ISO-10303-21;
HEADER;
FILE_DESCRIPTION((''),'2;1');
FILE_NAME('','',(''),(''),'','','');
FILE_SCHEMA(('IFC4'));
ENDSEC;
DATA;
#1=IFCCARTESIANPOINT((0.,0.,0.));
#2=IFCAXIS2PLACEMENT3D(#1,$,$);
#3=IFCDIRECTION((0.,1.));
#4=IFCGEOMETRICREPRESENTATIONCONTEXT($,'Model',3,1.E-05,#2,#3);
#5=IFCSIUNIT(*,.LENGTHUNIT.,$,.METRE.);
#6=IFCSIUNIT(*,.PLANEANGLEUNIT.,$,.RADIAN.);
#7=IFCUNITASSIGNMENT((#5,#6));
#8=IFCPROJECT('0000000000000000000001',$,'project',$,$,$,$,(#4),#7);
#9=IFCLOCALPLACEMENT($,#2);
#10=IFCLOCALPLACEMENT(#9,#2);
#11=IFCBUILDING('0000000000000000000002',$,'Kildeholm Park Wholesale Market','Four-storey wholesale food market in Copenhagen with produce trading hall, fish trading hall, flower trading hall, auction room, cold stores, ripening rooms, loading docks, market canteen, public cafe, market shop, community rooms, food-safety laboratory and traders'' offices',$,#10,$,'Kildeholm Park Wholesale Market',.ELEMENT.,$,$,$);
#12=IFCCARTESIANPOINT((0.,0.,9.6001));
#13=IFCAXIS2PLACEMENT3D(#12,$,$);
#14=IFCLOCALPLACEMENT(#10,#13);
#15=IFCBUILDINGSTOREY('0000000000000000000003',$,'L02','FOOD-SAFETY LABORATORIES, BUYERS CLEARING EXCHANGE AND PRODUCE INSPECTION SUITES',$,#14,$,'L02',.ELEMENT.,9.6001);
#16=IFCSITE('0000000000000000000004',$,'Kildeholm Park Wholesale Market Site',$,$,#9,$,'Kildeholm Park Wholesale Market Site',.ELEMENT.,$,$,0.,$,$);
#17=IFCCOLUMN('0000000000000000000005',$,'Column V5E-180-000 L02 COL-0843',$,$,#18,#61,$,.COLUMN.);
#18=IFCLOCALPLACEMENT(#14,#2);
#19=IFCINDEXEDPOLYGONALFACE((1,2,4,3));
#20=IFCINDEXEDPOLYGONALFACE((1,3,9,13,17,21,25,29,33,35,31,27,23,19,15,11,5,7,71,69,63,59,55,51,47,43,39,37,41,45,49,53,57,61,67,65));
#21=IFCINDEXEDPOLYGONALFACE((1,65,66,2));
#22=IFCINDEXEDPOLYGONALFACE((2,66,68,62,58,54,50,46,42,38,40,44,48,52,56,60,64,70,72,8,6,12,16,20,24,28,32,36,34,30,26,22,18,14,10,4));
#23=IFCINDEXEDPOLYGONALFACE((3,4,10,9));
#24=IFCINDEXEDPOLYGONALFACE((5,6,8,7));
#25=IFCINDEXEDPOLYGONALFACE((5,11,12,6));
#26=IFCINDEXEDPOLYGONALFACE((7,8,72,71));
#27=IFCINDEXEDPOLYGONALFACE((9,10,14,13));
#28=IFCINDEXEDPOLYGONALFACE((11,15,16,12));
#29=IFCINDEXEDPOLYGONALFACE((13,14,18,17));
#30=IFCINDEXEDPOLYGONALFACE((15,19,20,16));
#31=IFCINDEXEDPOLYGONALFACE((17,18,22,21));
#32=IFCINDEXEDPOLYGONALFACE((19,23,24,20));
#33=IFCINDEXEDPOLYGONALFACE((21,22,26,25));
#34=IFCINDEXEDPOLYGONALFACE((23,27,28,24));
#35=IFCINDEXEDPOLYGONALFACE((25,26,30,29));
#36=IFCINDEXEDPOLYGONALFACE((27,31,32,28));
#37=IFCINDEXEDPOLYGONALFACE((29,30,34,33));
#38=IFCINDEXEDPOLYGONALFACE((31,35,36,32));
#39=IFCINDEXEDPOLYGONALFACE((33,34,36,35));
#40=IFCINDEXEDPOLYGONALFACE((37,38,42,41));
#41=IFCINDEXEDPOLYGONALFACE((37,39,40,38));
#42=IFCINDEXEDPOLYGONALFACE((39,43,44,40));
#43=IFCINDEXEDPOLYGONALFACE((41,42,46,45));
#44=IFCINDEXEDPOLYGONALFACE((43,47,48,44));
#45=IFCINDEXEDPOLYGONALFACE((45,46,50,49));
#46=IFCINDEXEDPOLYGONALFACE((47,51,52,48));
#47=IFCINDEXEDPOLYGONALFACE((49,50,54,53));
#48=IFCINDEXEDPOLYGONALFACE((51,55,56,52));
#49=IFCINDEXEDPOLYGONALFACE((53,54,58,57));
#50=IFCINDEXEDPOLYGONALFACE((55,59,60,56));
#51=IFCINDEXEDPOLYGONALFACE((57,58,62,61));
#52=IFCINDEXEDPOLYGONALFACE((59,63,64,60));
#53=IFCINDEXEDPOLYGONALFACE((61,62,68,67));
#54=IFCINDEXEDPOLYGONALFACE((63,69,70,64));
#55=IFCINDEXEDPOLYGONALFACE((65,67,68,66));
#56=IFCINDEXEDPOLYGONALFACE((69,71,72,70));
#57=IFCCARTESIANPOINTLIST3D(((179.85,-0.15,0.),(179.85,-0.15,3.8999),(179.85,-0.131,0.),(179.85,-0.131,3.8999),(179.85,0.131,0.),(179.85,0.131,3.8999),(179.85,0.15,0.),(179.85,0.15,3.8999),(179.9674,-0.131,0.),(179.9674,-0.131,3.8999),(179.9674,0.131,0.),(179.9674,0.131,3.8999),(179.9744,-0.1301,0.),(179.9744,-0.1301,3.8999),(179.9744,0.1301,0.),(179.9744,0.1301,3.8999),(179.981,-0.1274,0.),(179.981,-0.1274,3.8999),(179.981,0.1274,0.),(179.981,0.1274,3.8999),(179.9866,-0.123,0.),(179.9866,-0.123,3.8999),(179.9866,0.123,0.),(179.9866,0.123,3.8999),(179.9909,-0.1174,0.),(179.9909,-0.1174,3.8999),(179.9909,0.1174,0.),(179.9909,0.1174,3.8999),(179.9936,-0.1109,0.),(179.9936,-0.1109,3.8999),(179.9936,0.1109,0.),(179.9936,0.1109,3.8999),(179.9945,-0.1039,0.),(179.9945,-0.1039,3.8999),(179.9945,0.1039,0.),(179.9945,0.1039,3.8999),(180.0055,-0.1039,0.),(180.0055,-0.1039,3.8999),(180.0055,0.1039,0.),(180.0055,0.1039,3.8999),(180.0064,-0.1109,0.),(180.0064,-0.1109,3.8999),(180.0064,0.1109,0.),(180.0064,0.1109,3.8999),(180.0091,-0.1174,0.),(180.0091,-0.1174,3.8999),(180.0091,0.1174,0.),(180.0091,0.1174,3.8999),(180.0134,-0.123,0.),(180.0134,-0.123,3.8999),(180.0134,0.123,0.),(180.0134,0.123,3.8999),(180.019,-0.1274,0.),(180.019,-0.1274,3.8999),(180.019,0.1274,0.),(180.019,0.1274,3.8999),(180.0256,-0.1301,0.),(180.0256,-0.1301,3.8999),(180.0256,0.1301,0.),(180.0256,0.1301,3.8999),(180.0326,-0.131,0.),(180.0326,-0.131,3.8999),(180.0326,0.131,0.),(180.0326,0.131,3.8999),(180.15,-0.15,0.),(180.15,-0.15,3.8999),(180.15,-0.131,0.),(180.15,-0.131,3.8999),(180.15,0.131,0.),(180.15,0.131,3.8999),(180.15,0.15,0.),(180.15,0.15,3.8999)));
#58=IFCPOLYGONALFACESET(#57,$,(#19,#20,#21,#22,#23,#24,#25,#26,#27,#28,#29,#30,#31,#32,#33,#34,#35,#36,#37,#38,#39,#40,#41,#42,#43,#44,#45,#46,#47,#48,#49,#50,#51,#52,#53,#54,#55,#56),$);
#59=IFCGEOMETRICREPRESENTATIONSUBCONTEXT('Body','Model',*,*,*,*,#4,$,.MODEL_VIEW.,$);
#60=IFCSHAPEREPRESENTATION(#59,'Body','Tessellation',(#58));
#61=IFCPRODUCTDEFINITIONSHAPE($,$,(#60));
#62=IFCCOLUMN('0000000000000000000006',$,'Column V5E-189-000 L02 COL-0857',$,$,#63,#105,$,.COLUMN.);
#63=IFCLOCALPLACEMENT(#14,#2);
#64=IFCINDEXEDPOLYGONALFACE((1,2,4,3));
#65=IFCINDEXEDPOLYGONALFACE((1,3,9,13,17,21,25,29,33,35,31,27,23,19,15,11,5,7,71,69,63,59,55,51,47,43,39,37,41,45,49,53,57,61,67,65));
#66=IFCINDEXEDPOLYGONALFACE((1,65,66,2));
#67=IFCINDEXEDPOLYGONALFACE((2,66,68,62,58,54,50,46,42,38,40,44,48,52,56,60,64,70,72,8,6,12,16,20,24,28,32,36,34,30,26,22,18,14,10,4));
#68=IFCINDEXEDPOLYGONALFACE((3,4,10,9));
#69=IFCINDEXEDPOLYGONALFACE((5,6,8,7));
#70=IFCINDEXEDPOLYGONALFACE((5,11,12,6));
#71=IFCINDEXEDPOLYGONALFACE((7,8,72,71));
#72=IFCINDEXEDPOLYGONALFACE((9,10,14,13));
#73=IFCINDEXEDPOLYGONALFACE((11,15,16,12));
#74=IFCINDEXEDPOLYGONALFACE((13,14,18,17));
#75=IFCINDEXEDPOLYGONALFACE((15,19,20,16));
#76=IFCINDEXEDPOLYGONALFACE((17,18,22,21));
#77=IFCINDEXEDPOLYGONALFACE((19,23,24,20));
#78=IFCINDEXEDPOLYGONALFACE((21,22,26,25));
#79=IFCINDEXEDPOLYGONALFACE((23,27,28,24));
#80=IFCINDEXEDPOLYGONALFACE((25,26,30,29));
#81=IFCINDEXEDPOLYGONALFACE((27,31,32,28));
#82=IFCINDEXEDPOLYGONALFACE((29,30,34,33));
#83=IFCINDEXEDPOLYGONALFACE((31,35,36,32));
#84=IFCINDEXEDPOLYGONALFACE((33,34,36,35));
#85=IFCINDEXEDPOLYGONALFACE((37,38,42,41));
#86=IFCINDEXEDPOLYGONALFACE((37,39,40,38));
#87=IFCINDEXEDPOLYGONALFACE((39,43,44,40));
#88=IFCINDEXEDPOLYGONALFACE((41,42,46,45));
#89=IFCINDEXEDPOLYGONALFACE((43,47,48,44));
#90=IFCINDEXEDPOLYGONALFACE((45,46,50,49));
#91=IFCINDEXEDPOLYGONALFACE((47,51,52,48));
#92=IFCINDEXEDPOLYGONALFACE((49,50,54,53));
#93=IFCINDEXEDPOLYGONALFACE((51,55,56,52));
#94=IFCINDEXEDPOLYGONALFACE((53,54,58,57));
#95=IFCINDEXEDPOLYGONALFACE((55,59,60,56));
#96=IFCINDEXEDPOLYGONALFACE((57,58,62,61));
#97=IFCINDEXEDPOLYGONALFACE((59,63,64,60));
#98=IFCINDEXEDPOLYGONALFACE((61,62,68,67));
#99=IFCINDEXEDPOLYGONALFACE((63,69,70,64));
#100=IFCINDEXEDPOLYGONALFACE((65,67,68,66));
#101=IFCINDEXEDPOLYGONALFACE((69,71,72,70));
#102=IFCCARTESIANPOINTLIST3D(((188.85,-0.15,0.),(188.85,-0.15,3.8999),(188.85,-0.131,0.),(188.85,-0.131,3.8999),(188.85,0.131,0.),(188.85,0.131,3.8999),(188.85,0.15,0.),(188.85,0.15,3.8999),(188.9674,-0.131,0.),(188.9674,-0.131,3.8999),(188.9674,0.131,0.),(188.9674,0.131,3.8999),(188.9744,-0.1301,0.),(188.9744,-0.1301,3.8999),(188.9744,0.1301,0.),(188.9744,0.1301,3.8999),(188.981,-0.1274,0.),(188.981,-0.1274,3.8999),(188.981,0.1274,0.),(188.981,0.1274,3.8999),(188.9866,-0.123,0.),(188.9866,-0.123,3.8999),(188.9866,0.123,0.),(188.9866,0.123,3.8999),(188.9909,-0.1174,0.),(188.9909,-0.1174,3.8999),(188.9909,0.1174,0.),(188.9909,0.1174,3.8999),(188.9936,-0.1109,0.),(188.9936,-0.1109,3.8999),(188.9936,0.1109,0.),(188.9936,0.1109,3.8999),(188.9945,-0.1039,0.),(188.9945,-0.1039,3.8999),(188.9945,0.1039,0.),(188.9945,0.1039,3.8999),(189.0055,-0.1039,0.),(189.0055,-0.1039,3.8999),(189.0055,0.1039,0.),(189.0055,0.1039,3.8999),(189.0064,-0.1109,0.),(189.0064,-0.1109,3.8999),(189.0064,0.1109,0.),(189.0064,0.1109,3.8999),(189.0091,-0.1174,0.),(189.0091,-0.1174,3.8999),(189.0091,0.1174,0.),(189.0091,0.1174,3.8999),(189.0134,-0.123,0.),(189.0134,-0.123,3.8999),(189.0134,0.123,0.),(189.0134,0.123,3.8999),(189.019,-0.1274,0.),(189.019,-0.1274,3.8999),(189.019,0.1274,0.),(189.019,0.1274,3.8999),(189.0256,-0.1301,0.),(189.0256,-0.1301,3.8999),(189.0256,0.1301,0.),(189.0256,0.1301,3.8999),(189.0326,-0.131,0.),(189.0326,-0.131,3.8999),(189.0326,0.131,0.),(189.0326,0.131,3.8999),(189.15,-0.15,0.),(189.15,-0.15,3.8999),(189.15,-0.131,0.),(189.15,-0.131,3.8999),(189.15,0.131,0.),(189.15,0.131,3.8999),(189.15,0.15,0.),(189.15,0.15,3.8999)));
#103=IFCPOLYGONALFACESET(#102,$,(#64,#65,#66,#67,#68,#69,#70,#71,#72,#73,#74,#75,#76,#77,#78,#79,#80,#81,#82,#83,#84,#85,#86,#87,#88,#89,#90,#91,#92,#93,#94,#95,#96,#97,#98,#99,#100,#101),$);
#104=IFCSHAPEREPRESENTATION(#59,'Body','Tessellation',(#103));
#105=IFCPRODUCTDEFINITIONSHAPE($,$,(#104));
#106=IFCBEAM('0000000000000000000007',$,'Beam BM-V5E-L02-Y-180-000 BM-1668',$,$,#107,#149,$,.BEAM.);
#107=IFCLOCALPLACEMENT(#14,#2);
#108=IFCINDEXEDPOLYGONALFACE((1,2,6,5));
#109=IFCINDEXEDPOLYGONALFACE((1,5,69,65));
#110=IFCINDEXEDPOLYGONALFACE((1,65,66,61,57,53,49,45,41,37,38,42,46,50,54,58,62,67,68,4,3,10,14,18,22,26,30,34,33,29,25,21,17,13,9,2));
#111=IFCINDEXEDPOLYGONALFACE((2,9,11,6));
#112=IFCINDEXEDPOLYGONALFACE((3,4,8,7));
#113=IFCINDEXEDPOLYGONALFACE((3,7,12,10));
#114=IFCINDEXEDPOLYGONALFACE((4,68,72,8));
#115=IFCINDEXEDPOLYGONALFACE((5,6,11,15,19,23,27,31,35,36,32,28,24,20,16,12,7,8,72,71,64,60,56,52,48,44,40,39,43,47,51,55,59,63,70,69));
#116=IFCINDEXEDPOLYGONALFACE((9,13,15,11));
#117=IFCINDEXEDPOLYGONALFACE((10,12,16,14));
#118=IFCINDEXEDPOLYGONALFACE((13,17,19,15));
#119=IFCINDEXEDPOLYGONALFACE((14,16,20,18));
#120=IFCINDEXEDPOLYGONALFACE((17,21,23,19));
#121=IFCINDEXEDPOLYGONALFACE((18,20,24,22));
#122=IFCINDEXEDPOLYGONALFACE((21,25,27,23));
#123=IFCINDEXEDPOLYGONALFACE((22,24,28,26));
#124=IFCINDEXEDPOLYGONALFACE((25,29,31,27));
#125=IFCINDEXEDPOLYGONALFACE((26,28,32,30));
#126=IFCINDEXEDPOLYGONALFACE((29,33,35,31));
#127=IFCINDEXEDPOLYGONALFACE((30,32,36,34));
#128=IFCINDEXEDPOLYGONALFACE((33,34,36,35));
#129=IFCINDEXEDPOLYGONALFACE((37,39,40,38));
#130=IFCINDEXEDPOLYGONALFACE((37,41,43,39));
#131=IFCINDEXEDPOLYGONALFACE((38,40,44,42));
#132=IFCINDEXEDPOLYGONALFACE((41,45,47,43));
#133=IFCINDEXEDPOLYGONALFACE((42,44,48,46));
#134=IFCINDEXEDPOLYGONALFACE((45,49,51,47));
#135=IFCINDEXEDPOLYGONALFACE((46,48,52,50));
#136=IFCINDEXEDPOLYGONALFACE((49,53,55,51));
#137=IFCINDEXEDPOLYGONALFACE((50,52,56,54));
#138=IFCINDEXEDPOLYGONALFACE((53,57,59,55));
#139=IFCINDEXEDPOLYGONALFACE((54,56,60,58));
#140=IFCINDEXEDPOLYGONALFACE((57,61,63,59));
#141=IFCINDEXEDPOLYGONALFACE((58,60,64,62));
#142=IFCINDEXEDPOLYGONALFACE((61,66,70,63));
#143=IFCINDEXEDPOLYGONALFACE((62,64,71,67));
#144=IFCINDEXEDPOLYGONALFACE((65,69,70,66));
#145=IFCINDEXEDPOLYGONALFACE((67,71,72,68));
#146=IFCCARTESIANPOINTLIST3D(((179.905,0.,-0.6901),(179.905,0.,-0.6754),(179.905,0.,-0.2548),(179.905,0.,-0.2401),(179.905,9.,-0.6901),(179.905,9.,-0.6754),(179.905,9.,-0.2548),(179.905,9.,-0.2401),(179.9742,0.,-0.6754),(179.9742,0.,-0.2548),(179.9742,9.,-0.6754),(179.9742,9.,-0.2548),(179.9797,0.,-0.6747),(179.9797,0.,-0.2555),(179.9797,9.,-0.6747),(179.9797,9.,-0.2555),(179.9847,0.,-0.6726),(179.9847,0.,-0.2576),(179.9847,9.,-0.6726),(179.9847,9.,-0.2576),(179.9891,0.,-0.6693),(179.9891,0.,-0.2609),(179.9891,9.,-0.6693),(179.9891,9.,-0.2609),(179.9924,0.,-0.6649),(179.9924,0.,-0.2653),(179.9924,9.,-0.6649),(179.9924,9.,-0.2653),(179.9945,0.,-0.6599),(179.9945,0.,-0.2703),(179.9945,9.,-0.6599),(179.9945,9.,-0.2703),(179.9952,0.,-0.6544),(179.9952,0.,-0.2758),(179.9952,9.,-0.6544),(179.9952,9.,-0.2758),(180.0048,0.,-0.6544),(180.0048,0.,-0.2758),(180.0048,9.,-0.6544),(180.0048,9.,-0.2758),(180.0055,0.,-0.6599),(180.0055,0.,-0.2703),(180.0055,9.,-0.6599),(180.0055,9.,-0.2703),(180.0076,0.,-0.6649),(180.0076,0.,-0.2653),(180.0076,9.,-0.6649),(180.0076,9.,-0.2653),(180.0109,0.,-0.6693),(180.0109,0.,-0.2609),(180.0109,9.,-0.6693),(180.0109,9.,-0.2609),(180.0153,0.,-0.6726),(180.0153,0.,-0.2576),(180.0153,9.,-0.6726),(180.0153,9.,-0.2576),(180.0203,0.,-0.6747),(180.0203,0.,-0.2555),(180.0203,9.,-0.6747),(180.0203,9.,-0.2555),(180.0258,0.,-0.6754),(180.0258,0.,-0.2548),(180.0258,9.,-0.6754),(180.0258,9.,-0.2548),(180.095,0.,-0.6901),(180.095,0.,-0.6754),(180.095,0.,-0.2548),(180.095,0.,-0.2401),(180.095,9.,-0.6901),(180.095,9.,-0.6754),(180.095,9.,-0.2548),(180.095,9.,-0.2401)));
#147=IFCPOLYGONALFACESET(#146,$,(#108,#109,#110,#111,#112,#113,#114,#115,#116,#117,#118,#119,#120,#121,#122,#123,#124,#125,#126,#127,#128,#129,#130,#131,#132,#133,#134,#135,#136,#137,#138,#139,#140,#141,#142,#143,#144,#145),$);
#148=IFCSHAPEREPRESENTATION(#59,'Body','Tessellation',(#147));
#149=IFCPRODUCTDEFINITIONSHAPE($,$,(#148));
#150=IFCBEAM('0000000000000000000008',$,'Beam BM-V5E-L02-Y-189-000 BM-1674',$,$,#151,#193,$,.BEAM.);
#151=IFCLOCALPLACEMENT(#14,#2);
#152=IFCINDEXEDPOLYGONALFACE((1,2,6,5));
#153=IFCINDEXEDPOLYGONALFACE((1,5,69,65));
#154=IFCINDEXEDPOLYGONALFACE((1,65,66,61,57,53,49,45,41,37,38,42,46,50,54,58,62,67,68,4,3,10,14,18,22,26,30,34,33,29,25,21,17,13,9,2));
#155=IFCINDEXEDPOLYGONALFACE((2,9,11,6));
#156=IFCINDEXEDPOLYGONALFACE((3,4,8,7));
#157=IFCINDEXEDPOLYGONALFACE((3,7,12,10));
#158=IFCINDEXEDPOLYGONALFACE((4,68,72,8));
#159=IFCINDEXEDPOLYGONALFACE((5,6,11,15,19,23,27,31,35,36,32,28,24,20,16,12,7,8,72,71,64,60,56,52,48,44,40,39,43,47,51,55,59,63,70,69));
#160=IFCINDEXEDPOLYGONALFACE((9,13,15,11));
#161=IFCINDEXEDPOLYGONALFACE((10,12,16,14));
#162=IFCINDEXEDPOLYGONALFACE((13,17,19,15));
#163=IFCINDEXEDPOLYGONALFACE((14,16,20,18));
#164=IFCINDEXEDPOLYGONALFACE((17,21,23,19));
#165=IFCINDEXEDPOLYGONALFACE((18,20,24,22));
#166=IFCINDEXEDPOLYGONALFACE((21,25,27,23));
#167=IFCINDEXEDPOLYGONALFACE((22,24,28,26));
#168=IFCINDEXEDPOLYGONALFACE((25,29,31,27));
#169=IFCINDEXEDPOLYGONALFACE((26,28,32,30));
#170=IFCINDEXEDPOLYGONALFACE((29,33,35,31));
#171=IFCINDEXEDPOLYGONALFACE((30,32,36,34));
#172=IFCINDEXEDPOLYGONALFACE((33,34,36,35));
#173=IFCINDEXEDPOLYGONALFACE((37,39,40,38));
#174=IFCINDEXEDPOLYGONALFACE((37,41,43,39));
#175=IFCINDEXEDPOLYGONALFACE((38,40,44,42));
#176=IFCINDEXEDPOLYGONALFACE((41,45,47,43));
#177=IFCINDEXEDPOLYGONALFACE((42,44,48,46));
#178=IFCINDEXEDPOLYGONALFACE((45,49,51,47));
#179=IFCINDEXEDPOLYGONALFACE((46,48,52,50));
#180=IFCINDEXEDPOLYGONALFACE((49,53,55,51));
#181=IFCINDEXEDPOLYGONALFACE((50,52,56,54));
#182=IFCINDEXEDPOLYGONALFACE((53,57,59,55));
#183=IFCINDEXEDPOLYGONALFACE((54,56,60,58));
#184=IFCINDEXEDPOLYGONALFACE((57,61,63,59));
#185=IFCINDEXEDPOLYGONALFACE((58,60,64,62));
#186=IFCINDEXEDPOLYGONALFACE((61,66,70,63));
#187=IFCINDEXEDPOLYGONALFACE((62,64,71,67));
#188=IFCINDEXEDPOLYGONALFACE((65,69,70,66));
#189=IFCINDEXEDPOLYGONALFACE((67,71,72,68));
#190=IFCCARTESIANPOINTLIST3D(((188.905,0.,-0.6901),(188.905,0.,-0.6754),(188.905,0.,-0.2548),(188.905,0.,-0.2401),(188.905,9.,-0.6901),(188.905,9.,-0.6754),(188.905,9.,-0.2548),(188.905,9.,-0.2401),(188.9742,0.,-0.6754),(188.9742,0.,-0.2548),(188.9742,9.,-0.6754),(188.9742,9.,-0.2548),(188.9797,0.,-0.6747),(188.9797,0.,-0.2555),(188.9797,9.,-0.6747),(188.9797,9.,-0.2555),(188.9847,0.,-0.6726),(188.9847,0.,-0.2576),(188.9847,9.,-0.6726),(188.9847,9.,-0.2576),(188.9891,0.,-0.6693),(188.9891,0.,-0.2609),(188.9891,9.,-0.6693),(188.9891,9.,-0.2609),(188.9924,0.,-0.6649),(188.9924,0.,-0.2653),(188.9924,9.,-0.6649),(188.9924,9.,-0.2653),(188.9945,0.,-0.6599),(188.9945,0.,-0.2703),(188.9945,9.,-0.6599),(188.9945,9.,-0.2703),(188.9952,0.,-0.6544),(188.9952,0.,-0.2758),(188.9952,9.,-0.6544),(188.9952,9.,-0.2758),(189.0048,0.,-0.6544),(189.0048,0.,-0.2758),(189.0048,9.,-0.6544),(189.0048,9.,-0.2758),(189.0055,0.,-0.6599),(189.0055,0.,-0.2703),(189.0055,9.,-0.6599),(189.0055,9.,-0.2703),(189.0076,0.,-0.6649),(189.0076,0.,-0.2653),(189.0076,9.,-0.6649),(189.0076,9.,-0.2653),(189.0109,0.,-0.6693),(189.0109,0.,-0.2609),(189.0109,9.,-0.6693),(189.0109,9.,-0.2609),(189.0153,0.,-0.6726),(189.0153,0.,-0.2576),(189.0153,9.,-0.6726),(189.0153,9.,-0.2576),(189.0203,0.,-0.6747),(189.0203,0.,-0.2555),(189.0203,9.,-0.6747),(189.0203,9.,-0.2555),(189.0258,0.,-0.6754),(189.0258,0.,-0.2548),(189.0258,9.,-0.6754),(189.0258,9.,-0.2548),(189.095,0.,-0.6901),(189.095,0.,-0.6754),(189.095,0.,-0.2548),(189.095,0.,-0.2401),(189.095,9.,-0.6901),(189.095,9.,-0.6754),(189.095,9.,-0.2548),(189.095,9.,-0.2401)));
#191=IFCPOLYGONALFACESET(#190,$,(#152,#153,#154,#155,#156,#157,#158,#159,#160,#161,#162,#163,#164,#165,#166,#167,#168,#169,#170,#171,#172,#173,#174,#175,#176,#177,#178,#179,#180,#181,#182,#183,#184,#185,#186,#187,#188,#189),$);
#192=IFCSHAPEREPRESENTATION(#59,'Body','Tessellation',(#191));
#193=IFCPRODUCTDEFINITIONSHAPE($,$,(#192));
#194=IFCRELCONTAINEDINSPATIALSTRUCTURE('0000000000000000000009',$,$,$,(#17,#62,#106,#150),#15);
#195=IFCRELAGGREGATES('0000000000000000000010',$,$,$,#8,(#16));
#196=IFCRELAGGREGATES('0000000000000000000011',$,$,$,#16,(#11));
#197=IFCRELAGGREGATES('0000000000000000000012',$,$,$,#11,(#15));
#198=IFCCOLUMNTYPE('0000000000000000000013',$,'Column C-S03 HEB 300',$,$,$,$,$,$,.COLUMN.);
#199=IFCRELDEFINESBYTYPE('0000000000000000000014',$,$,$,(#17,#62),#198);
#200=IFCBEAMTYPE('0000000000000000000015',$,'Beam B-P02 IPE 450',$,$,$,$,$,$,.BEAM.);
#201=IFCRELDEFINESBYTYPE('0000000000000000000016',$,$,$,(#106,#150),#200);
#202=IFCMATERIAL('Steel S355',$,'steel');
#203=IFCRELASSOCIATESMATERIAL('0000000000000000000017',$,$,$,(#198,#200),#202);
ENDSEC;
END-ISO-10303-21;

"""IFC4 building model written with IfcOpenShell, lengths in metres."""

from ifc_helpers import new_model, si_unit, direction, frame, origin, origin_2d, place, context, subcontext, project, spatial, i_section, extrude, material, material_profile, profile_set, type_object, element, save


model = new_model("IFC4")

# Units and contexts
model_context = context("Model", 3, precision=1e-05, world=origin(), true_north=direction((0.0, 1.0)))
body_context = subcontext(model_context, "Body", "Model", "MODEL_VIEW")
ifc_project = project(units=[si_unit("LENGTHUNIT", "METRE"), si_unit("PLANEANGLEUNIT", "RADIAN")], contexts=[model_context])

# Site, building, storey
site_placement = place(None, origin())
site = spatial("IfcSite", under=ifc_project, at=site_placement, Name="Kildeholm Park Wholesale Market Site", LongName="Kildeholm Park Wholesale Market Site", CompositionType="ELEMENT", RefElevation=0.0)
building_placement = place(site_placement, origin())
building = spatial("IfcBuilding", under=site, at=building_placement, Name="Kildeholm Park Wholesale Market", Description="Four-storey wholesale food market in Copenhagen with produce trading hall, fish trading hall, flower trading hall, auction room, cold stores, ripening rooms, loading docks, market canteen, public cafe, market shop, community rooms, food-safety laboratory and traders' offices", LongName="Kildeholm Park Wholesale Market", CompositionType="ELEMENT")
storey_placement = place(building_placement, frame((0.0, 0.0, 9.6001)))
storey = spatial("IfcBuildingStorey", under=building, at=storey_placement, Name="L02", Description="FOOD-SAFETY LABORATORIES, BUYERS CLEARING EXCHANGE AND PRODUCE INSPECTION SUITES", LongName="L02", CompositionType="ELEMENT", Elevation=9.6001)

# Columns
ifc_material_1 = material(Name="Steel S355", Category="steel")
ifc_material_profile_1 = material_profile(ifc_material_1, i_section(OverallWidth=0.3, OverallDepth=0.3, WebThickness=0.011, FlangeThickness=0.019, FilletRadius=0.0271, at=origin_2d()), Name="HEB 300")
ifc_profile_set_1 = profile_set([ifc_material_profile_1], Name="Steel S355")
column_type = type_object("IfcColumnType", Name="Column C-S03 HEB 300", PredefinedType="COLUMN", material=ifc_profile_set_1)
for number, where, z_axis, x_axis, name in (
    (1, (180.0, 0.0, 0.0), (0.0, 0.0, 1.0), (1.0, 0.0, 0.0), "Column V5E-180-000 L02 COL-0843"),
    (2, (189.0, 0.0, 0.0), (0.0, 0.0, 1.0), (1.0, 0.0, 0.0), "Column V5E-189-000 L02 COL-0857"),
):
    element("IfcColumn", number, at=place(storey_placement, frame(where, z_axis=z_axis, x_axis=x_axis)), inside=storey, type_object=column_type, Name=name, PredefinedType="COLUMN", context=body_context, shape_type="SweptSolid", body=[
        extrude(i_section(OverallWidth=0.3, OverallDepth=0.3, WebThickness=0.011, FlangeThickness=0.019, FilletRadius=0.0271, at=origin_2d()), origin(), (0.0, 0.0, 1.0), 3.8999),
    ])

# Beams
ifc_material_profile_2 = material_profile(ifc_material_1, i_section(OverallWidth=0.1899, OverallDepth=0.45, WebThickness=0.0095, FlangeThickness=0.0146, FilletRadius=0.021, at=origin_2d()), Name="IPE 450")
ifc_profile_set_2 = profile_set([ifc_material_profile_2], Name="Steel S355")
beam_type_1 = type_object("IfcBeamType", Name="Beam B-P02 IPE 450", PredefinedType="BEAM", material=ifc_profile_set_2)
for number, where, z_axis, x_axis, name in (
    (3, (180.0, 0.0, -0.4651), (0.0, 1.0, 0.0), (-1.0, 0.0, 0.0), "Beam BM-V5E-L02-Y-180-000 BM-1668"),
    (4, (189.0, 0.0, -0.4651), (0.0, 1.0, 0.0), (-1.0, 0.0, 0.0), "Beam BM-V5E-L02-Y-189-000 BM-1674"),
):
    element("IfcBeam", number, at=place(storey_placement, frame(where, z_axis=z_axis, x_axis=x_axis)), inside=storey, type_object=beam_type_1, Name=name, PredefinedType="BEAM", context=body_context, shape_type="SweptSolid", body=[
        extrude(i_section(OverallWidth=0.1899, OverallDepth=0.45, WebThickness=0.0095, FlangeThickness=0.0146, FilletRadius=0.021, at=origin_2d()), origin(), (0.0, 0.0, 1.0), 9.0),
    ])

save(model, "model.ifc")
